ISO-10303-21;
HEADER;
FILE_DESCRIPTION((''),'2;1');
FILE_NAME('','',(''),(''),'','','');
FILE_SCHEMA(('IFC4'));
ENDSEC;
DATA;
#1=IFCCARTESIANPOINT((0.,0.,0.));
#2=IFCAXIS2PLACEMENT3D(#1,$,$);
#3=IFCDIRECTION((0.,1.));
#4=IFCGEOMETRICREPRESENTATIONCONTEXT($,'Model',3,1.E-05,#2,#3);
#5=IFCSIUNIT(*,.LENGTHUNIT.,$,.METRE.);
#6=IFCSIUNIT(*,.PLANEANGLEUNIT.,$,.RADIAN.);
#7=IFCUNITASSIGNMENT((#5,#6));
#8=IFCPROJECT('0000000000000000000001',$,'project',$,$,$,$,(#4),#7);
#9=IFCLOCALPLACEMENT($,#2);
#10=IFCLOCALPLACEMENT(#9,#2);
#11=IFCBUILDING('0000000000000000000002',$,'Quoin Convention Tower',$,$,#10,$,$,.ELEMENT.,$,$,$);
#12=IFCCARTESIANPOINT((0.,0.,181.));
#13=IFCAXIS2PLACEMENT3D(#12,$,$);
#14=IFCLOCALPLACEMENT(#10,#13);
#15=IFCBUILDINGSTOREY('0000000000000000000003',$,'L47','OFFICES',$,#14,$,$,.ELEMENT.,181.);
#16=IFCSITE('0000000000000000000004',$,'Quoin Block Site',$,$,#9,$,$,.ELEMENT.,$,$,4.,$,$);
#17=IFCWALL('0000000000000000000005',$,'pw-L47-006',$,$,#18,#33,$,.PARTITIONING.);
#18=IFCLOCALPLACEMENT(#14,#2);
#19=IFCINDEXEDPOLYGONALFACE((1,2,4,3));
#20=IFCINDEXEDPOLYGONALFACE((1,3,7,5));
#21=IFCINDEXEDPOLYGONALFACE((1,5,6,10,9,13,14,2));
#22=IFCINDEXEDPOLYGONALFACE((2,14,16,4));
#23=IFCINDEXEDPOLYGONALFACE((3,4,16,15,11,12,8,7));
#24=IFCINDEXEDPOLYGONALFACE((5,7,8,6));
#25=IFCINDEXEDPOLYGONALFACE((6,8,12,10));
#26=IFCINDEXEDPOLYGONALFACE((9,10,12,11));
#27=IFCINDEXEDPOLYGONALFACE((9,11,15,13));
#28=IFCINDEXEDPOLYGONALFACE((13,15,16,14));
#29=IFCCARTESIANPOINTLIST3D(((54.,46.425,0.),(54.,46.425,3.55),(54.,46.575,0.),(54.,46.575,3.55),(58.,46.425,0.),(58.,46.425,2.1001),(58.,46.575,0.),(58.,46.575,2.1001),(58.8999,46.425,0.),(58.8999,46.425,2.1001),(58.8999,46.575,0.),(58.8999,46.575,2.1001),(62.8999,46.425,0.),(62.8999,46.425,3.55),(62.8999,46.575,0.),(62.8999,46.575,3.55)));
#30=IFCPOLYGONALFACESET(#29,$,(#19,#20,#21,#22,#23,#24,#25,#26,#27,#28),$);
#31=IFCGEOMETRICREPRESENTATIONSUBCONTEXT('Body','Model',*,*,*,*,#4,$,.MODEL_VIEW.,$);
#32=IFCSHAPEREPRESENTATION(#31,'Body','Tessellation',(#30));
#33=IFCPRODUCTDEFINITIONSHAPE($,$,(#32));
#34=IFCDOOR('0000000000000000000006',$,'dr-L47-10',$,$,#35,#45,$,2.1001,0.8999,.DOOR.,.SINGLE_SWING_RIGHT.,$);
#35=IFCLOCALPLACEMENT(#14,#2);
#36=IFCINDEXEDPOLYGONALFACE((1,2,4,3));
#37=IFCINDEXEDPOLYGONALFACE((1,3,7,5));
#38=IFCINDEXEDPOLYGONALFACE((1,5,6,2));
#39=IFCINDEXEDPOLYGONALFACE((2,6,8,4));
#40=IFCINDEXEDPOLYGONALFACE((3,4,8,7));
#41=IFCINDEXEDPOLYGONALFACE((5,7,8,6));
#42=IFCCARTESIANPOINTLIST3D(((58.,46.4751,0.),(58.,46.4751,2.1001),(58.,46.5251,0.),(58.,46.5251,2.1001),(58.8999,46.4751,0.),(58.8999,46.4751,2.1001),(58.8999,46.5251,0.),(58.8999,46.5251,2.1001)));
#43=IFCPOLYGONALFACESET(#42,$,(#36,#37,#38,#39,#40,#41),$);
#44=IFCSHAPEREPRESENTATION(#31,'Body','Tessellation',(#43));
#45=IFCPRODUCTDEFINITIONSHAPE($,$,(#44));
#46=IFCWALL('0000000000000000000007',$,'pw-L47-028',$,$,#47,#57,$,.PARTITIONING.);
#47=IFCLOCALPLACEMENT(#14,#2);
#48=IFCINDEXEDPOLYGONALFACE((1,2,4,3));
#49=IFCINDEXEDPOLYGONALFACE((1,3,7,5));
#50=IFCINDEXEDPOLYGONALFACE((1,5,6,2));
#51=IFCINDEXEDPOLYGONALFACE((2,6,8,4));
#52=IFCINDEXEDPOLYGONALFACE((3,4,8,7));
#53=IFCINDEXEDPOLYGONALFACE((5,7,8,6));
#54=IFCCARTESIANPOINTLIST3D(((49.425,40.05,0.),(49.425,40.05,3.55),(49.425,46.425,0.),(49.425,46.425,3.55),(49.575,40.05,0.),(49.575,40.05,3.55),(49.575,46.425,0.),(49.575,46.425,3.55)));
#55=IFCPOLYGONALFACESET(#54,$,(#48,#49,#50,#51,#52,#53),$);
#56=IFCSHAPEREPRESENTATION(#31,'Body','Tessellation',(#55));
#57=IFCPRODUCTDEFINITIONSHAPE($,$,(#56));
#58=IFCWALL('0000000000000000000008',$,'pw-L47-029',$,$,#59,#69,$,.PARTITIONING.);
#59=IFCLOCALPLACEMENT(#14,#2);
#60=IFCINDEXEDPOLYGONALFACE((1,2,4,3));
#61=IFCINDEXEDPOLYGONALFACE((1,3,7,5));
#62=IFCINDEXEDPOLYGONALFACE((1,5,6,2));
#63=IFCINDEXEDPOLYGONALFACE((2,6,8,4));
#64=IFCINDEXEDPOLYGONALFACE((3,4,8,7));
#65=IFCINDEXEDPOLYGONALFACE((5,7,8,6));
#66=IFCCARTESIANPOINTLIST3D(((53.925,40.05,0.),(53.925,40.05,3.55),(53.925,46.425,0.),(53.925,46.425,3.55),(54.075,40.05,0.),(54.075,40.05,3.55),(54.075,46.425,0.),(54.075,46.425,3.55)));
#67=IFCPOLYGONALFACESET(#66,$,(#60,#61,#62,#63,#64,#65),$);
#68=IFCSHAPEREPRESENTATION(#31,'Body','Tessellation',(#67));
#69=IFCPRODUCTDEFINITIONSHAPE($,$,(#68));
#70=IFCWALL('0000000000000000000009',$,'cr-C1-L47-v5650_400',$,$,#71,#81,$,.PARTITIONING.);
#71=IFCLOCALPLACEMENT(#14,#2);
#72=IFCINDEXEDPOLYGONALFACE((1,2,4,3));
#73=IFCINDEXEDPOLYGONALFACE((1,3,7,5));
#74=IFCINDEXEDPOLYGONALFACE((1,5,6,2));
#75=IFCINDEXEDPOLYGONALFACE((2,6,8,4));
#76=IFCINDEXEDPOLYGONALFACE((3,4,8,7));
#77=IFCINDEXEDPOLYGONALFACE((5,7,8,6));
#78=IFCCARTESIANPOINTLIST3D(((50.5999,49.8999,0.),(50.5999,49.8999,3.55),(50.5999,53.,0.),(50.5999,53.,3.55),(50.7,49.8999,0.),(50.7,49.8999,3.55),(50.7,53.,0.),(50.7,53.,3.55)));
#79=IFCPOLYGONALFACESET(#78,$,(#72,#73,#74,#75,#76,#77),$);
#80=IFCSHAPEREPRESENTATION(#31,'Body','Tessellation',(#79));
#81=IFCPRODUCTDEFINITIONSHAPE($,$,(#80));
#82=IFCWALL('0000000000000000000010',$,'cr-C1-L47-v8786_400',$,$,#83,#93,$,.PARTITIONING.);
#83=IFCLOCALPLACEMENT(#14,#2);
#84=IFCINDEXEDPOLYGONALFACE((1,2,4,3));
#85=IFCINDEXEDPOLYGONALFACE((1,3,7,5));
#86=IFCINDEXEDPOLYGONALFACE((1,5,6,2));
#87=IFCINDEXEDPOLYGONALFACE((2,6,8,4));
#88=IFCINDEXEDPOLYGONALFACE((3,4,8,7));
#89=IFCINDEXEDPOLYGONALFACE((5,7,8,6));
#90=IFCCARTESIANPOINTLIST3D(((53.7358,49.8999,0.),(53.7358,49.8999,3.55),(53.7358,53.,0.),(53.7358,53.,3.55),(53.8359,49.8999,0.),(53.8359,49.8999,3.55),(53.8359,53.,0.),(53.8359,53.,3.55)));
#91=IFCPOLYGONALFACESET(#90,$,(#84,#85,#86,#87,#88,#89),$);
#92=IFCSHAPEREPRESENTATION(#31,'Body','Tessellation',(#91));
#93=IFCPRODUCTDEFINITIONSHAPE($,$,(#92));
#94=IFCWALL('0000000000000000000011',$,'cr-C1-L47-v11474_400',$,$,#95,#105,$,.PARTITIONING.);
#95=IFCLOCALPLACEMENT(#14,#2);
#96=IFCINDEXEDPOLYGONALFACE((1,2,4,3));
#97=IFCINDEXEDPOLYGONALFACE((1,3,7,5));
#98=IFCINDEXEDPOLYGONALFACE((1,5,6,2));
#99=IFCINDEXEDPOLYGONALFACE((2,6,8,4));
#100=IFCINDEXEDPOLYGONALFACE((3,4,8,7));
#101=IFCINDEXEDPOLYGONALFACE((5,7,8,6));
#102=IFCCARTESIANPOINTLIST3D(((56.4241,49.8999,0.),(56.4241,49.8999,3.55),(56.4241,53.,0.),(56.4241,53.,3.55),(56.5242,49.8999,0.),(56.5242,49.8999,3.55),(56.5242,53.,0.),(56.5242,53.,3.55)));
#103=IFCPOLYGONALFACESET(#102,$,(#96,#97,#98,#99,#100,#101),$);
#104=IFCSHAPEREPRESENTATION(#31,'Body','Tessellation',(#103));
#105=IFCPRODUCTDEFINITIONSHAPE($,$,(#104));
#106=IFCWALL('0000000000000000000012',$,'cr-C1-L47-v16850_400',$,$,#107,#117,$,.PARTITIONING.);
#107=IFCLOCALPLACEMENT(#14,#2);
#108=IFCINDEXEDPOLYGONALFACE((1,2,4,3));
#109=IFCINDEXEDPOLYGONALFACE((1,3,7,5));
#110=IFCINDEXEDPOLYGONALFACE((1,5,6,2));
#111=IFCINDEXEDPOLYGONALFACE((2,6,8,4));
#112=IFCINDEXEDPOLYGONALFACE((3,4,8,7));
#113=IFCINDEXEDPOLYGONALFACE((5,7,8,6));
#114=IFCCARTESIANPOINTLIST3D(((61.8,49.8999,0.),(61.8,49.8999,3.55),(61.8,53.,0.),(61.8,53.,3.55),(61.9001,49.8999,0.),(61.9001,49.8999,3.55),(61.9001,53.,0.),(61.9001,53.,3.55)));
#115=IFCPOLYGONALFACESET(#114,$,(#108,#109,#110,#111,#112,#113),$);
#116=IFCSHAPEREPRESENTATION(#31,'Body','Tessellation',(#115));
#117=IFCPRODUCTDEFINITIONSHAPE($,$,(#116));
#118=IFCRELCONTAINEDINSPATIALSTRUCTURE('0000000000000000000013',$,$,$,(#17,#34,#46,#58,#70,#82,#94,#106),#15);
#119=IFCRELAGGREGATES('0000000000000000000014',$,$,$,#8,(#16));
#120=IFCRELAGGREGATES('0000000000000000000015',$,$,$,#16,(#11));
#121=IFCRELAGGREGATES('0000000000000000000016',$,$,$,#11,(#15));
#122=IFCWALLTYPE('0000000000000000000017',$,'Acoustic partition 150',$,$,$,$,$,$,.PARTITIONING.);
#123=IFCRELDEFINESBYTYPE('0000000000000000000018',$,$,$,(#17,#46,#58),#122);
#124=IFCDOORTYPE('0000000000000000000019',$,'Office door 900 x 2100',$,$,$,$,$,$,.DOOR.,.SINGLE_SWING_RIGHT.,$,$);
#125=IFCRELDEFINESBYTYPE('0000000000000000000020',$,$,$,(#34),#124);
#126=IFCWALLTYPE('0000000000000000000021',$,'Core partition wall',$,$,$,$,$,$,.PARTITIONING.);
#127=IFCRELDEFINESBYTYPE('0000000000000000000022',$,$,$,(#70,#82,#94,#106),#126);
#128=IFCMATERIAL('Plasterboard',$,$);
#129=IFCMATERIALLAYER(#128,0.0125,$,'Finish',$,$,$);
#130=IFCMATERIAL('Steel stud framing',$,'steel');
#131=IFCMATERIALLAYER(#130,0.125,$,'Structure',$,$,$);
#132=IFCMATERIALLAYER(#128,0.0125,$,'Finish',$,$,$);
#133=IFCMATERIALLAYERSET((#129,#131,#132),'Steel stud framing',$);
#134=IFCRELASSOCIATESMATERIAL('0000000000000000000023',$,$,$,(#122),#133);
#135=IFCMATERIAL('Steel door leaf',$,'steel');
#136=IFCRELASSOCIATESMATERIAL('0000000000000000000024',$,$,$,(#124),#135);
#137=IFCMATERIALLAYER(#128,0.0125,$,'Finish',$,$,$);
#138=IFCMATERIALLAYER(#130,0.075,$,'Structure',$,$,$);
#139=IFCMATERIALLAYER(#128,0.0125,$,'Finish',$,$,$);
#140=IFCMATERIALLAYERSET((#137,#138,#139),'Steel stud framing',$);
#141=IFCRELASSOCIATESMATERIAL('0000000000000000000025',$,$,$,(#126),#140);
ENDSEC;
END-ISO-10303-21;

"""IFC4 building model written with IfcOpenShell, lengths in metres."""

from ifc_helpers import new_model, si_unit, direction, frame, frame_2d, origin, place, context, subcontext, project, spatial, rectangle, extrude, material, layer, layer_set, type_object, element, fill, save


model = new_model("IFC4")

# Units and contexts
model_context = context("Model", 3, precision=1e-05, world=origin(), true_north=direction((0.0, 1.0)))
body_context = subcontext(model_context, "Body", "Model", "MODEL_VIEW")
ifc_project = project(units=[si_unit("LENGTHUNIT", "METRE"), si_unit("PLANEANGLEUNIT", "RADIAN")], contexts=[model_context])

# Site, building, storey
site_placement = place(None, origin())
site = spatial("IfcSite", under=ifc_project, at=site_placement, Name="Quoin Block Site", CompositionType="ELEMENT", RefElevation=4.0)
building_placement = place(site_placement, origin())
building = spatial("IfcBuilding", under=site, at=building_placement, Name="Quoin Convention Tower", CompositionType="ELEMENT")
storey_placement = place(building_placement, frame((0.0, 0.0, 181.0)))
storey = spatial("IfcBuildingStorey", under=building, at=storey_placement, Name="L47", Description="OFFICES", CompositionType="ELEMENT", Elevation=181.0)

# Wall, opening, door
ifc_material_1 = material(Name="Plasterboard")
ifc_layer_1 = layer(ifc_material_1, 0.0125, Name="Finish")
ifc_material_2 = material(Name="Steel stud framing", Category="steel")
ifc_layer_2 = layer(ifc_material_2, 0.125, Name="Structure")
ifc_layer_3 = layer(ifc_material_1, 0.0125, Name="Finish")
ifc_layer_set_1 = layer_set([ifc_layer_1, ifc_layer_2, ifc_layer_3], Name="Steel stud framing")
wall_type_1 = type_object("IfcWallType", Name="Acoustic partition 150", PredefinedType="PARTITIONING", material=ifc_layer_set_1)
ifc_material_3 = material(Name="Steel door leaf", Category="steel")
door_type = type_object("IfcDoorType", Name="Office door 900 x 2100", OperationType="SINGLE_SWING_RIGHT", PredefinedType="DOOR", material=ifc_material_3)
wall_1_placement = place(storey_placement, frame((54.0, 46.5, 0.0), z_axis=(0.0, 0.0, 1.0), x_axis=(1.0, 0.0, 0.0)))
wall_1 = element("IfcWall", 1, at=wall_1_placement, inside=storey, type_object=wall_type_1, Name="pw-L47-006", PredefinedType="PARTITIONING", context=body_context, shape_type="SweptSolid", body=[
    extrude(rectangle(XDim=8.8999, YDim=0.1499, at=frame_2d((4.45, 0.0))), origin(), (0.0, 0.0, 1.0), 3.55),
])
opening_1_placement = place(wall_1_placement, frame((4.0, 0.0, 0.0)))
opening_1 = element("IfcOpeningElement", 2, at=opening_1_placement, cuts=wall_1, PredefinedType="OPENING", context=body_context, shape_type="SweptSolid", body=[
    extrude(rectangle(XDim=0.8999, YDim=2.1001, at=frame_2d((0.45, 1.05))), frame((0.0, 0.085, 0.0), z_axis=(0.0, -1.0, 0.0), x_axis=(1.0, 0.0, 0.0)), (0.0, 0.0, 1.0), 0.1699),
])
door_1_placement = place(opening_1_placement, frame((0.8999, 0.0, 0.0), z_axis=(0.0, 0.0, 1.0), x_axis=(-1.0, 0.0, 0.0)))
door_1 = element("IfcDoor", 3, at=door_1_placement, inside=storey, type_object=door_type, Name="dr-L47-10", OperationType="SINGLE_SWING_RIGHT", OverallHeight=2.1001, OverallWidth=0.8999, PredefinedType="DOOR", context=body_context, shape_type="SweptSolid", body=[
    extrude(rectangle(XDim=0.8999, YDim=2.1001, at=frame_2d((0.45, 1.05))), frame((0.0, 0.0249, 0.0), z_axis=(0.0, -1.0, 0.0), x_axis=(1.0, 0.0, 0.0)), (0.0, 0.0, 1.0), 0.05),
])
fill(opening_1, door_1)

# Walls
for number, where, z_axis, x_axis, name in (
    (4, (49.5, 40.05, 0.0), (0.0, 0.0, 1.0), (0.0, 1.0, 0.0), "pw-L47-028"),
    (5, (54.0, 40.05, 0.0), (0.0, 0.0, 1.0), (0.0, 1.0, 0.0), "pw-L47-029"),
):
    element("IfcWall", number, at=place(storey_placement, frame(where, z_axis=z_axis, x_axis=x_axis)), inside=storey, type_object=wall_type_1, Name=name, PredefinedType="PARTITIONING", context=body_context, shape_type="SweptSolid", body=[
        extrude(rectangle(XDim=6.375, YDim=0.1499, at=frame_2d((3.1875, 0.0))), origin(), (0.0, 0.0, 1.0), 3.55),
    ])
ifc_layer_4 = layer(ifc_material_1, 0.0125, Name="Finish")
ifc_layer_5 = layer(ifc_material_2, 0.075, Name="Structure")
ifc_layer_6 = layer(ifc_material_1, 0.0125, Name="Finish")
ifc_layer_set_2 = layer_set([ifc_layer_4, ifc_layer_5, ifc_layer_6], Name="Steel stud framing")
wall_type_2 = type_object("IfcWallType", Name="Core partition wall", PredefinedType="PARTITIONING", material=ifc_layer_set_2)
for number, where, z_axis, x_axis, name in (
    (6, (50.6499, 49.8999, 0.0), (0.0, 0.0, 1.0), (0.0, 1.0, 0.0), "cr-C1-L47-v5650_400"),
    (7, (53.7859, 49.8999, 0.0), (0.0, 0.0, 1.0), (0.0, 1.0, 0.0), "cr-C1-L47-v8786_400"),
    (8, (56.4741, 49.8999, 0.0), (0.0, 0.0, 1.0), (0.0, 1.0, 0.0), "cr-C1-L47-v11474_400"),
    (9, (61.8501, 49.8999, 0.0), (0.0, 0.0, 1.0), (0.0, 1.0, 0.0), "cr-C1-L47-v16850_400"),
):
    element("IfcWall", number, at=place(storey_placement, frame(where, z_axis=z_axis, x_axis=x_axis)), inside=storey, type_object=wall_type_2, Name=name, PredefinedType="PARTITIONING", context=body_context, shape_type="SweptSolid", body=[
        extrude(rectangle(XDim=3.1001, YDim=0.1001, at=frame_2d((1.55, 0.0))), origin(), (0.0, 0.0, 1.0), 3.55),
    ])

save(model, "model.ifc")
